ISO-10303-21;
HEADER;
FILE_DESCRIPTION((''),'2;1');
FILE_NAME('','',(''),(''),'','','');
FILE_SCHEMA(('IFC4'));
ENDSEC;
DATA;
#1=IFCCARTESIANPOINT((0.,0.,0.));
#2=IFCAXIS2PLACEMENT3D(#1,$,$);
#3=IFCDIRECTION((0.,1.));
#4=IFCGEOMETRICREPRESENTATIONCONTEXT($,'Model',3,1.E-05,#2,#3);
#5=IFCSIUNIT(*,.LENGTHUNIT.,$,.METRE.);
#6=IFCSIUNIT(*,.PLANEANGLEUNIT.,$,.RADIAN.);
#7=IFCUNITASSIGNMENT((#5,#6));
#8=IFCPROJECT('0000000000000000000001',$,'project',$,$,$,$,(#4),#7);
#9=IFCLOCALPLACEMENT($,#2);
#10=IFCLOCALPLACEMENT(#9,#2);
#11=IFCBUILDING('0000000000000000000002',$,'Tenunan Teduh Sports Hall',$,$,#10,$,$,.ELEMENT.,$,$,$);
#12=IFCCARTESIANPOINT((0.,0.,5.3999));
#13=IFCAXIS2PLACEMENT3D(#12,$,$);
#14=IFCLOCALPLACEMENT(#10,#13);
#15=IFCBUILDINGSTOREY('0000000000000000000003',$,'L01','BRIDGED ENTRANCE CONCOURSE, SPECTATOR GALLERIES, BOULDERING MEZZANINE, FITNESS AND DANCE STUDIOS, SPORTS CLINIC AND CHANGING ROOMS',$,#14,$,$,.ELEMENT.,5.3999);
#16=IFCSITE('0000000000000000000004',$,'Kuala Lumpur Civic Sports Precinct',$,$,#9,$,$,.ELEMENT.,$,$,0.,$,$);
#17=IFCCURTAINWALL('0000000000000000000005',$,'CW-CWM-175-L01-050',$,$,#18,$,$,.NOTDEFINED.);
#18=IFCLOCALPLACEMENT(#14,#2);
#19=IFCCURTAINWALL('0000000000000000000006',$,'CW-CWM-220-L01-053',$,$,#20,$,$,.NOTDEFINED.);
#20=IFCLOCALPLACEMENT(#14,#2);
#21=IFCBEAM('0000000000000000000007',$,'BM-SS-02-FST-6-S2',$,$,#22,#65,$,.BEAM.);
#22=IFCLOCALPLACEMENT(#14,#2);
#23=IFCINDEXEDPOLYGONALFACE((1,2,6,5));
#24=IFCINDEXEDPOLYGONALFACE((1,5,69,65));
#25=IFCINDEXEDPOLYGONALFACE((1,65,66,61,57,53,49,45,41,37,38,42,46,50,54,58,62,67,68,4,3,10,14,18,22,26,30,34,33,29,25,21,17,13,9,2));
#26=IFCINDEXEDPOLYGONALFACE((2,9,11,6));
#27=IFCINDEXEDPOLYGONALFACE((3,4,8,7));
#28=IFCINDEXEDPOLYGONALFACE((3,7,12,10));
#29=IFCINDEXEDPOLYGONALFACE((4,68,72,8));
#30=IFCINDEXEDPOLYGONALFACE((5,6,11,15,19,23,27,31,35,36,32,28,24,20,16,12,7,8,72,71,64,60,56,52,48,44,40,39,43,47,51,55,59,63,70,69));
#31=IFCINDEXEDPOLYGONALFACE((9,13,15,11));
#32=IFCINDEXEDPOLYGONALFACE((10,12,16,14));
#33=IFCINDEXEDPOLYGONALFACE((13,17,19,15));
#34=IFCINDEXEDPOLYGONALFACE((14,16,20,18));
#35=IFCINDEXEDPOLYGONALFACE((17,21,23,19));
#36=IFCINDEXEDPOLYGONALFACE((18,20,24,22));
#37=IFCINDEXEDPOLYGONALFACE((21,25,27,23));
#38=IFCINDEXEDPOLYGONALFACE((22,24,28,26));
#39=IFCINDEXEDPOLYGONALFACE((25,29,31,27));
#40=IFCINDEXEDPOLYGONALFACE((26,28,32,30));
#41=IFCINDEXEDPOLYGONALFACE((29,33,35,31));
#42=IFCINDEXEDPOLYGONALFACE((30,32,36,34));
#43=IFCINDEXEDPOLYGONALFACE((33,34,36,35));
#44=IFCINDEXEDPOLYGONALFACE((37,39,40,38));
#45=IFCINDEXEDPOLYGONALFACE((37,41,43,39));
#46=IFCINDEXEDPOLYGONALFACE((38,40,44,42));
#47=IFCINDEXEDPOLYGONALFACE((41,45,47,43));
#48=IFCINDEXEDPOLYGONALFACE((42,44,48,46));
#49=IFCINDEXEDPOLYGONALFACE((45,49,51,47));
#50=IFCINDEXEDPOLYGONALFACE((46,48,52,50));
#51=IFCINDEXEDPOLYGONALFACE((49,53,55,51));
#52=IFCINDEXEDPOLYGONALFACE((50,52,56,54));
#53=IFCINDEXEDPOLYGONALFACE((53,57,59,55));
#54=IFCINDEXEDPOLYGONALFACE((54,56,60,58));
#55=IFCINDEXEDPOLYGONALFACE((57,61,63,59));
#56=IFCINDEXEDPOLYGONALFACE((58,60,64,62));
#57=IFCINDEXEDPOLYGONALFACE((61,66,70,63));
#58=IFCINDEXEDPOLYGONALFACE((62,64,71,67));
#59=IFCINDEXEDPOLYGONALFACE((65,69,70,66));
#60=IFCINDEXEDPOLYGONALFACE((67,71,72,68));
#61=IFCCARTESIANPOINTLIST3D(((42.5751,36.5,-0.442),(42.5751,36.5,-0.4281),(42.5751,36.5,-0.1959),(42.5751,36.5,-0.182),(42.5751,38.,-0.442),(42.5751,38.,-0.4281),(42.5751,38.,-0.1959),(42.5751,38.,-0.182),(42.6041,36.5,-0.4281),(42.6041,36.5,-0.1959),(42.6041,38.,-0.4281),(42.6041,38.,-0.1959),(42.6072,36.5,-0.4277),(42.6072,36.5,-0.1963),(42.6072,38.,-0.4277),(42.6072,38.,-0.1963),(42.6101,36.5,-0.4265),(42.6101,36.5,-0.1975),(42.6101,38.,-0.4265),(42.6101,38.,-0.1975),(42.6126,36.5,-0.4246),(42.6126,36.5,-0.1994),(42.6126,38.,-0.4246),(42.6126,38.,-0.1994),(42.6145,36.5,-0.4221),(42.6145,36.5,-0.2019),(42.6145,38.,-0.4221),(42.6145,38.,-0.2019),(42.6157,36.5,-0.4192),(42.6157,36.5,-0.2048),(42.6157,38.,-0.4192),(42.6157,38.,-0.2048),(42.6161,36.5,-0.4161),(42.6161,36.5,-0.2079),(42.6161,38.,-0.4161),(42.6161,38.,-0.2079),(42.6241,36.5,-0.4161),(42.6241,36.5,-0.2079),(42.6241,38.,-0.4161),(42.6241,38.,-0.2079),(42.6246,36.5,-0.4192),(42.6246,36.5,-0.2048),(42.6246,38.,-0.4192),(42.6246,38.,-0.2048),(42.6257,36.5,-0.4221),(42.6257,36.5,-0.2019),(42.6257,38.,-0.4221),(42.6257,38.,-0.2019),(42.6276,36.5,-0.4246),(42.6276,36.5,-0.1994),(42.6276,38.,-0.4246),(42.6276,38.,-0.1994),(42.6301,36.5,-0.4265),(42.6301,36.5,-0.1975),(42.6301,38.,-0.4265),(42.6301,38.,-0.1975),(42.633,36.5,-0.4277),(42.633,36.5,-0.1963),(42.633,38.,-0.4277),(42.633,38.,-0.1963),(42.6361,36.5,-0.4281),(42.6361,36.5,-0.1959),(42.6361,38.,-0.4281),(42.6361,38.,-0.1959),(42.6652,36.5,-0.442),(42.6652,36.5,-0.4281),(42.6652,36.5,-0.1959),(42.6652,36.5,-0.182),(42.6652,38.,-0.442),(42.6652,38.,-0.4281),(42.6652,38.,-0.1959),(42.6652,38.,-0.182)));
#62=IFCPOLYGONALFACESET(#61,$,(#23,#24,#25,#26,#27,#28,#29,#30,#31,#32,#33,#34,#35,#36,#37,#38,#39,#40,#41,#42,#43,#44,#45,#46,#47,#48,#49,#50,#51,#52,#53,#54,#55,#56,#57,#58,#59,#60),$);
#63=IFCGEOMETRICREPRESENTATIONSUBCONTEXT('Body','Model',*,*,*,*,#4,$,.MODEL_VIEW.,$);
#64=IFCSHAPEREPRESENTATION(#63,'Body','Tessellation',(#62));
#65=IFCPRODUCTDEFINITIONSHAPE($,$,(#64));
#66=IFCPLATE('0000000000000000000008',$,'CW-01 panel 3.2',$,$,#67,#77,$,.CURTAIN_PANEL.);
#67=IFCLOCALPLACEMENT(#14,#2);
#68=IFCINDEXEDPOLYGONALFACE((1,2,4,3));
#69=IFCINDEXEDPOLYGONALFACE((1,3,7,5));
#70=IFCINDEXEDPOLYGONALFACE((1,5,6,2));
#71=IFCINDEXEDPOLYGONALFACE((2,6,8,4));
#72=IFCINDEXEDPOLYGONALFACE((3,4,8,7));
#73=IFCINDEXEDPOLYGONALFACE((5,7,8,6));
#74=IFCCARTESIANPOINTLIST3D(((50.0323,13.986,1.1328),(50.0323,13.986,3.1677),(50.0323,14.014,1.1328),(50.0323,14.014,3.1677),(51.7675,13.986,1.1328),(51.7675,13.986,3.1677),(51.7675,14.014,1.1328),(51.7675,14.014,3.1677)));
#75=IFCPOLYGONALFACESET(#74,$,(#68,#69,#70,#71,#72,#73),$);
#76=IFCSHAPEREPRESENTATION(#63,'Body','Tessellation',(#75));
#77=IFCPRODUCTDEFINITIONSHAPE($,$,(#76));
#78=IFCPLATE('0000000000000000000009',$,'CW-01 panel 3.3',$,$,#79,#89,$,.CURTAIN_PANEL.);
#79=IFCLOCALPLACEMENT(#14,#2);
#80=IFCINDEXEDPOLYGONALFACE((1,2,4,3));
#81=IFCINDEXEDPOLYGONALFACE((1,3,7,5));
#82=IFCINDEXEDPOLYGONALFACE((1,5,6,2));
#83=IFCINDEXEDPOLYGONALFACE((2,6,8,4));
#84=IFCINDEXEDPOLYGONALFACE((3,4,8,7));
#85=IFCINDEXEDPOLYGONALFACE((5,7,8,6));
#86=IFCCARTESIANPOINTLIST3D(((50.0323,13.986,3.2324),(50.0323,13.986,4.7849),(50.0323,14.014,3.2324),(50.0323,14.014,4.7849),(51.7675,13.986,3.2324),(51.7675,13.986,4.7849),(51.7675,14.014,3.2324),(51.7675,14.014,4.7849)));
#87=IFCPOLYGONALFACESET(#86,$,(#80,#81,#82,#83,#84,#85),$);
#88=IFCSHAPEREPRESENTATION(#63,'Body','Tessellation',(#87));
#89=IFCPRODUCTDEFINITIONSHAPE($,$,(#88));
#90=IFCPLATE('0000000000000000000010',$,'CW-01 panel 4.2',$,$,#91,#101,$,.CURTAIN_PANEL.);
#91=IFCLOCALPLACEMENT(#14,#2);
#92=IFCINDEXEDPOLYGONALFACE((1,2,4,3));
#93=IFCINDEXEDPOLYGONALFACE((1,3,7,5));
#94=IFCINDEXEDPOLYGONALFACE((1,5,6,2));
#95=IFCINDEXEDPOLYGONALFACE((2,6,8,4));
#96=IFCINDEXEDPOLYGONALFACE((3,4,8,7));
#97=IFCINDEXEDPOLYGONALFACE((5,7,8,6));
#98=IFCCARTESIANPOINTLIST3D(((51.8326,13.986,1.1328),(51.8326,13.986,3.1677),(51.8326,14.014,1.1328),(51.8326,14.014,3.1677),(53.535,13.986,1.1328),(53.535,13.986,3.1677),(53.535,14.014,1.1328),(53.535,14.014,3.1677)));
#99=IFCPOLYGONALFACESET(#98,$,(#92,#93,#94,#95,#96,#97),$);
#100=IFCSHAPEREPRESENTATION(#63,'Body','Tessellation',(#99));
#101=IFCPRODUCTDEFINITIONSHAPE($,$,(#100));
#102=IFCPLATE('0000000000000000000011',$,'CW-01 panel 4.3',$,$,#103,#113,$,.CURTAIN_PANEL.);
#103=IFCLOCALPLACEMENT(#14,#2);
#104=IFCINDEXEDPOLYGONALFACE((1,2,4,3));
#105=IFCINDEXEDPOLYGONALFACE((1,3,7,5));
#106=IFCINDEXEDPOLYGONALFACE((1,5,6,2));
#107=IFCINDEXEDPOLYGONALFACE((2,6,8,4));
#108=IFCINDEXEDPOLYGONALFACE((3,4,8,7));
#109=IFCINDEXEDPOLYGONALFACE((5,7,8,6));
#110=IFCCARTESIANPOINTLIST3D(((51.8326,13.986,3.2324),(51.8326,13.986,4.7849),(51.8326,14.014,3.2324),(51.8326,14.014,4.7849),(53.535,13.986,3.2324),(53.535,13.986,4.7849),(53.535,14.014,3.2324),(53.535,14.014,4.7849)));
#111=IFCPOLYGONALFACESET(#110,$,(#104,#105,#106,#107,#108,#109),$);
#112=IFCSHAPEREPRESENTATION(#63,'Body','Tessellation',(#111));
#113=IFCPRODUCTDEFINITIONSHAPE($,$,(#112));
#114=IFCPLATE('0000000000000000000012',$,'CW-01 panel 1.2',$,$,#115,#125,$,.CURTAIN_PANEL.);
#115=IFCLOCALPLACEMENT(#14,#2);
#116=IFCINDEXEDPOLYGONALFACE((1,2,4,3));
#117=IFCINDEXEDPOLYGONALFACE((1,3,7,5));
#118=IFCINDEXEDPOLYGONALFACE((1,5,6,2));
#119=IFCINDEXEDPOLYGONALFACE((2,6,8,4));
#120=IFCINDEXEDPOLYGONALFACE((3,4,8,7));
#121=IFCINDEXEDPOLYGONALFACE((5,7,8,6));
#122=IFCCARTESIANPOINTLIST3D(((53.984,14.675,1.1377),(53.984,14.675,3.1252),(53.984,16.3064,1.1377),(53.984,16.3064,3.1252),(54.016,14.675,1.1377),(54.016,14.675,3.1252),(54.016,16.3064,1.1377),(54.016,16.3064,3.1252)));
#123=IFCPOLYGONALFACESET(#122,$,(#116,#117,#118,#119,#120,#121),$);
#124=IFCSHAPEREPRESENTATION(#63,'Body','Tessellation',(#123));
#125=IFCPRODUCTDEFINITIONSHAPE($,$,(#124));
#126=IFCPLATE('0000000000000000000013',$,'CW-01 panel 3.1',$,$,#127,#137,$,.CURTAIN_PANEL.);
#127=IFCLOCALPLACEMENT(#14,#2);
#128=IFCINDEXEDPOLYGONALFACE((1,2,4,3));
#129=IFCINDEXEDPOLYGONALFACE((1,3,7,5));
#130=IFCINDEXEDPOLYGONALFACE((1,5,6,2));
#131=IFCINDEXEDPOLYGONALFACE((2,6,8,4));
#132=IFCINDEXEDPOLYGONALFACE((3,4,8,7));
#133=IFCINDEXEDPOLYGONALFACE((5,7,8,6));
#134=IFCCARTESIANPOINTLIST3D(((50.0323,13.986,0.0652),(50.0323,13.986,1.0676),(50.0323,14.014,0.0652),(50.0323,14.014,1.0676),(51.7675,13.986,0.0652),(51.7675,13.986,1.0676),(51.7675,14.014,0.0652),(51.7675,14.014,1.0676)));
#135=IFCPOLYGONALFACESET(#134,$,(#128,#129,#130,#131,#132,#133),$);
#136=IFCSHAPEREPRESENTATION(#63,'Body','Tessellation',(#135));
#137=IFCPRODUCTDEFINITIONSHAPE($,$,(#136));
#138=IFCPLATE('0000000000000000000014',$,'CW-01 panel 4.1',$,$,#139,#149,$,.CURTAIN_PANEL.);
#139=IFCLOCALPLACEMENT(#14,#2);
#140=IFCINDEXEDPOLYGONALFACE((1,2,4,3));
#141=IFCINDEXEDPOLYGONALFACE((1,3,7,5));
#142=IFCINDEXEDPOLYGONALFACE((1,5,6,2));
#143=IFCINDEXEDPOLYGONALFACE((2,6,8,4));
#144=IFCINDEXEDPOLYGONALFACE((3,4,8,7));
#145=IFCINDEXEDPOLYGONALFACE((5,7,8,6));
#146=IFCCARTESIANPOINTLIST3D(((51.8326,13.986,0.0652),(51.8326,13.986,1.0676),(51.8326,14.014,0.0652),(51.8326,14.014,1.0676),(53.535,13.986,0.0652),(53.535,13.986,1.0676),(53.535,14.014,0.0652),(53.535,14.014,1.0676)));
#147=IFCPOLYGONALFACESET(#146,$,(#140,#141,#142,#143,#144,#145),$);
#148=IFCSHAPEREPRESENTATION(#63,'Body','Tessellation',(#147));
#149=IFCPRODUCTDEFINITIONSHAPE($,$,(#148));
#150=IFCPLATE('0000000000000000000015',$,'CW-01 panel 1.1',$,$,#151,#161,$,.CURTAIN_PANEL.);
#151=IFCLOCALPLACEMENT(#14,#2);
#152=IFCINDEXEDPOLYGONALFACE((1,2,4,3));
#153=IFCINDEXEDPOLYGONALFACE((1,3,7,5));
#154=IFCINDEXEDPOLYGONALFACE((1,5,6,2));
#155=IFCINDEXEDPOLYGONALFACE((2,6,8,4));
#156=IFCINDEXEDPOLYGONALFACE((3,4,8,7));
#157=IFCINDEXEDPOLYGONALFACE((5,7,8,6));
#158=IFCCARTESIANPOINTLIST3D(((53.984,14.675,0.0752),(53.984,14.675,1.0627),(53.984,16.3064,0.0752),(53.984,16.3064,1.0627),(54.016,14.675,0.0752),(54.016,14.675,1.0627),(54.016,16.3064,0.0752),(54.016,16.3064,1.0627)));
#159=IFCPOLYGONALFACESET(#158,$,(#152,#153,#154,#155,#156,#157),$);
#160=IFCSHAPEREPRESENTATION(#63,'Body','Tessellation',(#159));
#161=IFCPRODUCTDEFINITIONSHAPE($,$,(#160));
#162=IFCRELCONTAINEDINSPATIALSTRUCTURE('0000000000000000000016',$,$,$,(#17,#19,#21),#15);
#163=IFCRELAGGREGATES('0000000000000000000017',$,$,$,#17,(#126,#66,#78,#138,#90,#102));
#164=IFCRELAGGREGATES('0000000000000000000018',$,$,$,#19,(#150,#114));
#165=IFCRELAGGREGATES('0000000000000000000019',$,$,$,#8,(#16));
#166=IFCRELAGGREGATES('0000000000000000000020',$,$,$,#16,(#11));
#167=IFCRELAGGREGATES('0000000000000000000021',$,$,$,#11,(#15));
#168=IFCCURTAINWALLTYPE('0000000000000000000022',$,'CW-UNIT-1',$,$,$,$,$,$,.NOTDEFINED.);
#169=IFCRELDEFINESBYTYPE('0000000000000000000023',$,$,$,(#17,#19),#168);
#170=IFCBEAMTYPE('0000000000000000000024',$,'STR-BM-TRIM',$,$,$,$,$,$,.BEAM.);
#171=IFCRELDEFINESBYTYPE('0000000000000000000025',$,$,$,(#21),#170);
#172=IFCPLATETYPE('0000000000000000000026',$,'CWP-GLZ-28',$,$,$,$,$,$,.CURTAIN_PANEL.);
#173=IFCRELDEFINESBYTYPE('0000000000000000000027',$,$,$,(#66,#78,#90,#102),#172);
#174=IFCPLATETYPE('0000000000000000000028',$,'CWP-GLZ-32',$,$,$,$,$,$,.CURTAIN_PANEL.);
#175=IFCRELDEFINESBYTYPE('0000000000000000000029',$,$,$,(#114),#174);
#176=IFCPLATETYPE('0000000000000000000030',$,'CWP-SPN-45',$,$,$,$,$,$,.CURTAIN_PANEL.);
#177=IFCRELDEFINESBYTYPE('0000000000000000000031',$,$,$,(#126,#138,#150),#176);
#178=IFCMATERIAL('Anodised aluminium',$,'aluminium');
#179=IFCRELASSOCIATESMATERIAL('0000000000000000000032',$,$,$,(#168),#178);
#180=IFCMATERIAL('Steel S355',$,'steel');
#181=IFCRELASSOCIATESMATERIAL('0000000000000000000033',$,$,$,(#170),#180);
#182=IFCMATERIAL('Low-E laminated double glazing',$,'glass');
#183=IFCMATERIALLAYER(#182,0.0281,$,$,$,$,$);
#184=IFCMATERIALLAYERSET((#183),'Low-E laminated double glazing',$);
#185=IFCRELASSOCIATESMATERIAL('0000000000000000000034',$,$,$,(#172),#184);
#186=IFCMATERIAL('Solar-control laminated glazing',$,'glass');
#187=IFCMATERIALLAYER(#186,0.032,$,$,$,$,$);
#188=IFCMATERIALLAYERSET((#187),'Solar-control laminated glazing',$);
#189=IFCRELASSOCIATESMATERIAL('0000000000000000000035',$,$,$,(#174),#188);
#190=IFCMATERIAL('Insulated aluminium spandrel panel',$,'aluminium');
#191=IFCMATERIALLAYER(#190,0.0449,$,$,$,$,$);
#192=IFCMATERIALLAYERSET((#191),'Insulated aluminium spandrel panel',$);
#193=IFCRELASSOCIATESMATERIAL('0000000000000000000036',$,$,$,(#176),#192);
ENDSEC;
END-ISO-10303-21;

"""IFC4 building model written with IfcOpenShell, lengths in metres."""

from ifc_helpers import new_model, si_unit, direction, frame, origin, origin_2d, place, context, subcontext, project, spatial, rectangle, i_section, extrude, material, layer, layer_set, material_profile, profile_set, type_object, element, aggregate, save


model = new_model("IFC4")

# Units and contexts
model_context = context("Model", 3, precision=1e-05, world=origin(), true_north=direction((0.0, 1.0)))
body_context = subcontext(model_context, "Body", "Model", "MODEL_VIEW")
ifc_project = project(units=[si_unit("LENGTHUNIT", "METRE"), si_unit("PLANEANGLEUNIT", "RADIAN")], contexts=[model_context])

# Site, building, storey
site_placement = place(None, origin())
site = spatial("IfcSite", under=ifc_project, at=site_placement, Name="Kuala Lumpur Civic Sports Precinct", CompositionType="ELEMENT", RefElevation=0.0)
building_placement = place(site_placement, origin())
building = spatial("IfcBuilding", under=site, at=building_placement, Name="Tenunan Teduh Sports Hall", CompositionType="ELEMENT")
storey_placement = place(building_placement, frame((0.0, 0.0, 5.3999)))
storey = spatial("IfcBuildingStorey", under=building, at=storey_placement, Name="L01", Description="BRIDGED ENTRANCE CONCOURSE, SPECTATOR GALLERIES, BOULDERING MEZZANINE, FITNESS AND DANCE STUDIOS, SPORTS CLINIC AND CHANGING ROOMS", CompositionType="ELEMENT", Elevation=5.3999)

# Curtain walls
ifc_material_1 = material(Name="Anodised aluminium", Category="aluminium")
curtain_wall_type = type_object("IfcCurtainWallType", Name="CW-UNIT-1", PredefinedType="NOTDEFINED", material=ifc_material_1)
curtain_wall_1_placement = place(storey_placement, origin())
curtain_wall_1 = element("IfcCurtainWall", 1, at=curtain_wall_1_placement, inside=storey, type_object=curtain_wall_type, Name="CW-CWM-175-L01-050", PredefinedType="NOTDEFINED")
curtain_wall_2_placement = place(storey_placement, origin())
curtain_wall_2 = element("IfcCurtainWall", 2, at=curtain_wall_2_placement, inside=storey, type_object=curtain_wall_type, Name="CW-CWM-220-L01-053", PredefinedType="NOTDEFINED")

# Beam
ifc_material_2 = material(Name="Steel S355", Category="steel")
ifc_material_profile_1 = material_profile(ifc_material_2, i_section(OverallWidth=0.0901, OverallDepth=0.26, WebThickness=0.0081, FlangeThickness=0.0139, FilletRadius=0.012, at=origin_2d()), Name="PFC 260x90")
ifc_profile_set_1 = profile_set([ifc_material_profile_1], Name="Steel S355")
beam_type_1 = type_object("IfcBeamType", Name="STR-BM-TRIM", PredefinedType="BEAM", material=ifc_profile_set_1)
for number, where, z_axis, x_axis, name in (
    (3, (42.6201, 36.5, -0.312), (0.0, 1.0, 0.0), (-1.0, 0.0, 0.0), "BM-SS-02-FST-6-S2"),
):
    element("IfcBeam", number, at=place(storey_placement, frame(where, z_axis=z_axis, x_axis=x_axis)), inside=storey, type_object=beam_type_1, Name=name, PredefinedType="BEAM", context=body_context, shape_type="SweptSolid", body=[
        extrude(i_section(OverallWidth=0.0901, OverallDepth=0.26, WebThickness=0.0081, FlangeThickness=0.0139, FilletRadius=0.012, at=origin_2d()), origin(), (0.0, 0.0, 1.0), 1.5),
    ])

# Plates
ifc_material_3 = material(Name="Low-E laminated double glazing", Category="glass")
ifc_layer_1 = layer(ifc_material_3, 0.0281)
ifc_layer_set_1 = layer_set([ifc_layer_1], Name="Low-E laminated double glazing")
plate_type_1 = type_object("IfcPlateType", Name="CWP-GLZ-28", PredefinedType="CURTAIN_PANEL", material=ifc_layer_set_1)
plate_1_placement = place(storey_placement, frame((50.8999, 14.0, 1.1328), z_axis=(0.0, 0.0, 1.0), x_axis=(1.0, 0.0, 0.0)))
plate_1 = element("IfcPlate", 4, at=plate_1_placement, type_object=plate_type_1, Name="CW-01 panel 3.2", PredefinedType="CURTAIN_PANEL", context=body_context, shape_type="SweptSolid", body=[
    extrude(rectangle(XDim=1.7351, YDim=0.0281, at=origin_2d()), origin(), (0.0, 0.0, 1.0), 2.0349),
])
plate_2_placement = place(storey_placement, frame((50.8999, 14.0, 3.2324), z_axis=(0.0, 0.0, 1.0), x_axis=(1.0, 0.0, 0.0)))
plate_2 = element("IfcPlate", 5, at=plate_2_placement, type_object=plate_type_1, Name="CW-01 panel 3.3", PredefinedType="CURTAIN_PANEL", context=body_context, shape_type="SweptSolid", body=[
    extrude(rectangle(XDim=1.7351, YDim=0.0281, at=origin_2d()), origin(), (0.0, 0.0, 1.0), 1.5525),
])
plate_3_placement = place(storey_placement, frame((52.6838, 14.0, 1.1328), z_axis=(0.0, 0.0, 1.0), x_axis=(1.0, 0.0, 0.0)))
plate_3 = element("IfcPlate", 6, at=plate_3_placement, type_object=plate_type_1, Name="CW-01 panel 4.2", PredefinedType="CURTAIN_PANEL", context=body_context, shape_type="SweptSolid", body=[
    extrude(rectangle(XDim=1.7024, YDim=0.0281, at=origin_2d()), origin(), (0.0, 0.0, 1.0), 2.0349),
])
plate_4_placement = place(storey_placement, frame((52.6838, 14.0, 3.2324), z_axis=(0.0, 0.0, 1.0), x_axis=(1.0, 0.0, 0.0)))
plate_4 = element("IfcPlate", 7, at=plate_4_placement, type_object=plate_type_1, Name="CW-01 panel 4.3", PredefinedType="CURTAIN_PANEL", context=body_context, shape_type="SweptSolid", body=[
    extrude(rectangle(XDim=1.7024, YDim=0.0281, at=origin_2d()), origin(), (0.0, 0.0, 1.0), 1.5525),
])
ifc_material_4 = material(Name="Solar-control laminated glazing", Category="glass")
ifc_layer_2 = layer(ifc_material_4, 0.032)
ifc_layer_set_2 = layer_set([ifc_layer_2], Name="Solar-control laminated glazing")
plate_type_2 = type_object("IfcPlateType", Name="CWP-GLZ-32", PredefinedType="CURTAIN_PANEL", material=ifc_layer_set_2)
plate_5_placement = place(storey_placement, frame((54.0, 15.4907, 1.1377), z_axis=(0.0, 0.0, 1.0), x_axis=(0.0, 1.0, 0.0)))
plate_5 = element("IfcPlate", 8, at=plate_5_placement, type_object=plate_type_2, Name="CW-01 panel 1.2", PredefinedType="CURTAIN_PANEL", context=body_context, shape_type="SweptSolid", body=[
    extrude(rectangle(XDim=1.6313, YDim=0.032, at=origin_2d()), origin(), (0.0, 0.0, 1.0), 1.9875),
])
ifc_material_5 = material(Name="Insulated aluminium spandrel panel", Category="aluminium")
ifc_layer_3 = layer(ifc_material_5, 0.0449)
ifc_layer_set_3 = layer_set([ifc_layer_3], Name="Insulated aluminium spandrel panel")
plate_type_3 = type_object("IfcPlateType", Name="CWP-SPN-45", PredefinedType="CURTAIN_PANEL", material=ifc_layer_set_3)
plate_6_placement = place(storey_placement, frame((50.8999, 14.0, 0.0652), z_axis=(0.0, 0.0, 1.0), x_axis=(1.0, 0.0, 0.0)))
plate_6 = element("IfcPlate", 9, at=plate_6_placement, type_object=plate_type_3, Name="CW-01 panel 3.1", PredefinedType="CURTAIN_PANEL", context=body_context, shape_type="SweptSolid", body=[
    extrude(rectangle(XDim=1.7351, YDim=0.0281, at=origin_2d()), origin(), (0.0, 0.0, 1.0), 1.0024),
])
plate_7_placement = place(storey_placement, frame((52.6838, 14.0, 0.0652), z_axis=(0.0, 0.0, 1.0), x_axis=(1.0, 0.0, 0.0)))
plate_7 = element("IfcPlate", 10, at=plate_7_placement, type_object=plate_type_3, Name="CW-01 panel 4.1", PredefinedType="CURTAIN_PANEL", context=body_context, shape_type="SweptSolid", body=[
    extrude(rectangle(XDim=1.7024, YDim=0.0281, at=origin_2d()), origin(), (0.0, 0.0, 1.0), 1.0024),
])
aggregate(curtain_wall_1, [plate_6, plate_1, plate_2, plate_7, plate_3, plate_4])
plate_8_placement = place(storey_placement, frame((54.0, 15.4907, 0.0752), z_axis=(0.0, 0.0, 1.0), x_axis=(0.0, 1.0, 0.0)))
plate_8 = element("IfcPlate", 11, at=plate_8_placement, type_object=plate_type_3, Name="CW-01 panel 1.1", PredefinedType="CURTAIN_PANEL", context=body_context, shape_type="SweptSolid", body=[
    extrude(rectangle(XDim=1.6313, YDim=0.032, at=origin_2d()), origin(), (0.0, 0.0, 1.0), 0.9875),
])
aggregate(curtain_wall_2, [plate_8, plate_5])

save(model, "model.ifc")
